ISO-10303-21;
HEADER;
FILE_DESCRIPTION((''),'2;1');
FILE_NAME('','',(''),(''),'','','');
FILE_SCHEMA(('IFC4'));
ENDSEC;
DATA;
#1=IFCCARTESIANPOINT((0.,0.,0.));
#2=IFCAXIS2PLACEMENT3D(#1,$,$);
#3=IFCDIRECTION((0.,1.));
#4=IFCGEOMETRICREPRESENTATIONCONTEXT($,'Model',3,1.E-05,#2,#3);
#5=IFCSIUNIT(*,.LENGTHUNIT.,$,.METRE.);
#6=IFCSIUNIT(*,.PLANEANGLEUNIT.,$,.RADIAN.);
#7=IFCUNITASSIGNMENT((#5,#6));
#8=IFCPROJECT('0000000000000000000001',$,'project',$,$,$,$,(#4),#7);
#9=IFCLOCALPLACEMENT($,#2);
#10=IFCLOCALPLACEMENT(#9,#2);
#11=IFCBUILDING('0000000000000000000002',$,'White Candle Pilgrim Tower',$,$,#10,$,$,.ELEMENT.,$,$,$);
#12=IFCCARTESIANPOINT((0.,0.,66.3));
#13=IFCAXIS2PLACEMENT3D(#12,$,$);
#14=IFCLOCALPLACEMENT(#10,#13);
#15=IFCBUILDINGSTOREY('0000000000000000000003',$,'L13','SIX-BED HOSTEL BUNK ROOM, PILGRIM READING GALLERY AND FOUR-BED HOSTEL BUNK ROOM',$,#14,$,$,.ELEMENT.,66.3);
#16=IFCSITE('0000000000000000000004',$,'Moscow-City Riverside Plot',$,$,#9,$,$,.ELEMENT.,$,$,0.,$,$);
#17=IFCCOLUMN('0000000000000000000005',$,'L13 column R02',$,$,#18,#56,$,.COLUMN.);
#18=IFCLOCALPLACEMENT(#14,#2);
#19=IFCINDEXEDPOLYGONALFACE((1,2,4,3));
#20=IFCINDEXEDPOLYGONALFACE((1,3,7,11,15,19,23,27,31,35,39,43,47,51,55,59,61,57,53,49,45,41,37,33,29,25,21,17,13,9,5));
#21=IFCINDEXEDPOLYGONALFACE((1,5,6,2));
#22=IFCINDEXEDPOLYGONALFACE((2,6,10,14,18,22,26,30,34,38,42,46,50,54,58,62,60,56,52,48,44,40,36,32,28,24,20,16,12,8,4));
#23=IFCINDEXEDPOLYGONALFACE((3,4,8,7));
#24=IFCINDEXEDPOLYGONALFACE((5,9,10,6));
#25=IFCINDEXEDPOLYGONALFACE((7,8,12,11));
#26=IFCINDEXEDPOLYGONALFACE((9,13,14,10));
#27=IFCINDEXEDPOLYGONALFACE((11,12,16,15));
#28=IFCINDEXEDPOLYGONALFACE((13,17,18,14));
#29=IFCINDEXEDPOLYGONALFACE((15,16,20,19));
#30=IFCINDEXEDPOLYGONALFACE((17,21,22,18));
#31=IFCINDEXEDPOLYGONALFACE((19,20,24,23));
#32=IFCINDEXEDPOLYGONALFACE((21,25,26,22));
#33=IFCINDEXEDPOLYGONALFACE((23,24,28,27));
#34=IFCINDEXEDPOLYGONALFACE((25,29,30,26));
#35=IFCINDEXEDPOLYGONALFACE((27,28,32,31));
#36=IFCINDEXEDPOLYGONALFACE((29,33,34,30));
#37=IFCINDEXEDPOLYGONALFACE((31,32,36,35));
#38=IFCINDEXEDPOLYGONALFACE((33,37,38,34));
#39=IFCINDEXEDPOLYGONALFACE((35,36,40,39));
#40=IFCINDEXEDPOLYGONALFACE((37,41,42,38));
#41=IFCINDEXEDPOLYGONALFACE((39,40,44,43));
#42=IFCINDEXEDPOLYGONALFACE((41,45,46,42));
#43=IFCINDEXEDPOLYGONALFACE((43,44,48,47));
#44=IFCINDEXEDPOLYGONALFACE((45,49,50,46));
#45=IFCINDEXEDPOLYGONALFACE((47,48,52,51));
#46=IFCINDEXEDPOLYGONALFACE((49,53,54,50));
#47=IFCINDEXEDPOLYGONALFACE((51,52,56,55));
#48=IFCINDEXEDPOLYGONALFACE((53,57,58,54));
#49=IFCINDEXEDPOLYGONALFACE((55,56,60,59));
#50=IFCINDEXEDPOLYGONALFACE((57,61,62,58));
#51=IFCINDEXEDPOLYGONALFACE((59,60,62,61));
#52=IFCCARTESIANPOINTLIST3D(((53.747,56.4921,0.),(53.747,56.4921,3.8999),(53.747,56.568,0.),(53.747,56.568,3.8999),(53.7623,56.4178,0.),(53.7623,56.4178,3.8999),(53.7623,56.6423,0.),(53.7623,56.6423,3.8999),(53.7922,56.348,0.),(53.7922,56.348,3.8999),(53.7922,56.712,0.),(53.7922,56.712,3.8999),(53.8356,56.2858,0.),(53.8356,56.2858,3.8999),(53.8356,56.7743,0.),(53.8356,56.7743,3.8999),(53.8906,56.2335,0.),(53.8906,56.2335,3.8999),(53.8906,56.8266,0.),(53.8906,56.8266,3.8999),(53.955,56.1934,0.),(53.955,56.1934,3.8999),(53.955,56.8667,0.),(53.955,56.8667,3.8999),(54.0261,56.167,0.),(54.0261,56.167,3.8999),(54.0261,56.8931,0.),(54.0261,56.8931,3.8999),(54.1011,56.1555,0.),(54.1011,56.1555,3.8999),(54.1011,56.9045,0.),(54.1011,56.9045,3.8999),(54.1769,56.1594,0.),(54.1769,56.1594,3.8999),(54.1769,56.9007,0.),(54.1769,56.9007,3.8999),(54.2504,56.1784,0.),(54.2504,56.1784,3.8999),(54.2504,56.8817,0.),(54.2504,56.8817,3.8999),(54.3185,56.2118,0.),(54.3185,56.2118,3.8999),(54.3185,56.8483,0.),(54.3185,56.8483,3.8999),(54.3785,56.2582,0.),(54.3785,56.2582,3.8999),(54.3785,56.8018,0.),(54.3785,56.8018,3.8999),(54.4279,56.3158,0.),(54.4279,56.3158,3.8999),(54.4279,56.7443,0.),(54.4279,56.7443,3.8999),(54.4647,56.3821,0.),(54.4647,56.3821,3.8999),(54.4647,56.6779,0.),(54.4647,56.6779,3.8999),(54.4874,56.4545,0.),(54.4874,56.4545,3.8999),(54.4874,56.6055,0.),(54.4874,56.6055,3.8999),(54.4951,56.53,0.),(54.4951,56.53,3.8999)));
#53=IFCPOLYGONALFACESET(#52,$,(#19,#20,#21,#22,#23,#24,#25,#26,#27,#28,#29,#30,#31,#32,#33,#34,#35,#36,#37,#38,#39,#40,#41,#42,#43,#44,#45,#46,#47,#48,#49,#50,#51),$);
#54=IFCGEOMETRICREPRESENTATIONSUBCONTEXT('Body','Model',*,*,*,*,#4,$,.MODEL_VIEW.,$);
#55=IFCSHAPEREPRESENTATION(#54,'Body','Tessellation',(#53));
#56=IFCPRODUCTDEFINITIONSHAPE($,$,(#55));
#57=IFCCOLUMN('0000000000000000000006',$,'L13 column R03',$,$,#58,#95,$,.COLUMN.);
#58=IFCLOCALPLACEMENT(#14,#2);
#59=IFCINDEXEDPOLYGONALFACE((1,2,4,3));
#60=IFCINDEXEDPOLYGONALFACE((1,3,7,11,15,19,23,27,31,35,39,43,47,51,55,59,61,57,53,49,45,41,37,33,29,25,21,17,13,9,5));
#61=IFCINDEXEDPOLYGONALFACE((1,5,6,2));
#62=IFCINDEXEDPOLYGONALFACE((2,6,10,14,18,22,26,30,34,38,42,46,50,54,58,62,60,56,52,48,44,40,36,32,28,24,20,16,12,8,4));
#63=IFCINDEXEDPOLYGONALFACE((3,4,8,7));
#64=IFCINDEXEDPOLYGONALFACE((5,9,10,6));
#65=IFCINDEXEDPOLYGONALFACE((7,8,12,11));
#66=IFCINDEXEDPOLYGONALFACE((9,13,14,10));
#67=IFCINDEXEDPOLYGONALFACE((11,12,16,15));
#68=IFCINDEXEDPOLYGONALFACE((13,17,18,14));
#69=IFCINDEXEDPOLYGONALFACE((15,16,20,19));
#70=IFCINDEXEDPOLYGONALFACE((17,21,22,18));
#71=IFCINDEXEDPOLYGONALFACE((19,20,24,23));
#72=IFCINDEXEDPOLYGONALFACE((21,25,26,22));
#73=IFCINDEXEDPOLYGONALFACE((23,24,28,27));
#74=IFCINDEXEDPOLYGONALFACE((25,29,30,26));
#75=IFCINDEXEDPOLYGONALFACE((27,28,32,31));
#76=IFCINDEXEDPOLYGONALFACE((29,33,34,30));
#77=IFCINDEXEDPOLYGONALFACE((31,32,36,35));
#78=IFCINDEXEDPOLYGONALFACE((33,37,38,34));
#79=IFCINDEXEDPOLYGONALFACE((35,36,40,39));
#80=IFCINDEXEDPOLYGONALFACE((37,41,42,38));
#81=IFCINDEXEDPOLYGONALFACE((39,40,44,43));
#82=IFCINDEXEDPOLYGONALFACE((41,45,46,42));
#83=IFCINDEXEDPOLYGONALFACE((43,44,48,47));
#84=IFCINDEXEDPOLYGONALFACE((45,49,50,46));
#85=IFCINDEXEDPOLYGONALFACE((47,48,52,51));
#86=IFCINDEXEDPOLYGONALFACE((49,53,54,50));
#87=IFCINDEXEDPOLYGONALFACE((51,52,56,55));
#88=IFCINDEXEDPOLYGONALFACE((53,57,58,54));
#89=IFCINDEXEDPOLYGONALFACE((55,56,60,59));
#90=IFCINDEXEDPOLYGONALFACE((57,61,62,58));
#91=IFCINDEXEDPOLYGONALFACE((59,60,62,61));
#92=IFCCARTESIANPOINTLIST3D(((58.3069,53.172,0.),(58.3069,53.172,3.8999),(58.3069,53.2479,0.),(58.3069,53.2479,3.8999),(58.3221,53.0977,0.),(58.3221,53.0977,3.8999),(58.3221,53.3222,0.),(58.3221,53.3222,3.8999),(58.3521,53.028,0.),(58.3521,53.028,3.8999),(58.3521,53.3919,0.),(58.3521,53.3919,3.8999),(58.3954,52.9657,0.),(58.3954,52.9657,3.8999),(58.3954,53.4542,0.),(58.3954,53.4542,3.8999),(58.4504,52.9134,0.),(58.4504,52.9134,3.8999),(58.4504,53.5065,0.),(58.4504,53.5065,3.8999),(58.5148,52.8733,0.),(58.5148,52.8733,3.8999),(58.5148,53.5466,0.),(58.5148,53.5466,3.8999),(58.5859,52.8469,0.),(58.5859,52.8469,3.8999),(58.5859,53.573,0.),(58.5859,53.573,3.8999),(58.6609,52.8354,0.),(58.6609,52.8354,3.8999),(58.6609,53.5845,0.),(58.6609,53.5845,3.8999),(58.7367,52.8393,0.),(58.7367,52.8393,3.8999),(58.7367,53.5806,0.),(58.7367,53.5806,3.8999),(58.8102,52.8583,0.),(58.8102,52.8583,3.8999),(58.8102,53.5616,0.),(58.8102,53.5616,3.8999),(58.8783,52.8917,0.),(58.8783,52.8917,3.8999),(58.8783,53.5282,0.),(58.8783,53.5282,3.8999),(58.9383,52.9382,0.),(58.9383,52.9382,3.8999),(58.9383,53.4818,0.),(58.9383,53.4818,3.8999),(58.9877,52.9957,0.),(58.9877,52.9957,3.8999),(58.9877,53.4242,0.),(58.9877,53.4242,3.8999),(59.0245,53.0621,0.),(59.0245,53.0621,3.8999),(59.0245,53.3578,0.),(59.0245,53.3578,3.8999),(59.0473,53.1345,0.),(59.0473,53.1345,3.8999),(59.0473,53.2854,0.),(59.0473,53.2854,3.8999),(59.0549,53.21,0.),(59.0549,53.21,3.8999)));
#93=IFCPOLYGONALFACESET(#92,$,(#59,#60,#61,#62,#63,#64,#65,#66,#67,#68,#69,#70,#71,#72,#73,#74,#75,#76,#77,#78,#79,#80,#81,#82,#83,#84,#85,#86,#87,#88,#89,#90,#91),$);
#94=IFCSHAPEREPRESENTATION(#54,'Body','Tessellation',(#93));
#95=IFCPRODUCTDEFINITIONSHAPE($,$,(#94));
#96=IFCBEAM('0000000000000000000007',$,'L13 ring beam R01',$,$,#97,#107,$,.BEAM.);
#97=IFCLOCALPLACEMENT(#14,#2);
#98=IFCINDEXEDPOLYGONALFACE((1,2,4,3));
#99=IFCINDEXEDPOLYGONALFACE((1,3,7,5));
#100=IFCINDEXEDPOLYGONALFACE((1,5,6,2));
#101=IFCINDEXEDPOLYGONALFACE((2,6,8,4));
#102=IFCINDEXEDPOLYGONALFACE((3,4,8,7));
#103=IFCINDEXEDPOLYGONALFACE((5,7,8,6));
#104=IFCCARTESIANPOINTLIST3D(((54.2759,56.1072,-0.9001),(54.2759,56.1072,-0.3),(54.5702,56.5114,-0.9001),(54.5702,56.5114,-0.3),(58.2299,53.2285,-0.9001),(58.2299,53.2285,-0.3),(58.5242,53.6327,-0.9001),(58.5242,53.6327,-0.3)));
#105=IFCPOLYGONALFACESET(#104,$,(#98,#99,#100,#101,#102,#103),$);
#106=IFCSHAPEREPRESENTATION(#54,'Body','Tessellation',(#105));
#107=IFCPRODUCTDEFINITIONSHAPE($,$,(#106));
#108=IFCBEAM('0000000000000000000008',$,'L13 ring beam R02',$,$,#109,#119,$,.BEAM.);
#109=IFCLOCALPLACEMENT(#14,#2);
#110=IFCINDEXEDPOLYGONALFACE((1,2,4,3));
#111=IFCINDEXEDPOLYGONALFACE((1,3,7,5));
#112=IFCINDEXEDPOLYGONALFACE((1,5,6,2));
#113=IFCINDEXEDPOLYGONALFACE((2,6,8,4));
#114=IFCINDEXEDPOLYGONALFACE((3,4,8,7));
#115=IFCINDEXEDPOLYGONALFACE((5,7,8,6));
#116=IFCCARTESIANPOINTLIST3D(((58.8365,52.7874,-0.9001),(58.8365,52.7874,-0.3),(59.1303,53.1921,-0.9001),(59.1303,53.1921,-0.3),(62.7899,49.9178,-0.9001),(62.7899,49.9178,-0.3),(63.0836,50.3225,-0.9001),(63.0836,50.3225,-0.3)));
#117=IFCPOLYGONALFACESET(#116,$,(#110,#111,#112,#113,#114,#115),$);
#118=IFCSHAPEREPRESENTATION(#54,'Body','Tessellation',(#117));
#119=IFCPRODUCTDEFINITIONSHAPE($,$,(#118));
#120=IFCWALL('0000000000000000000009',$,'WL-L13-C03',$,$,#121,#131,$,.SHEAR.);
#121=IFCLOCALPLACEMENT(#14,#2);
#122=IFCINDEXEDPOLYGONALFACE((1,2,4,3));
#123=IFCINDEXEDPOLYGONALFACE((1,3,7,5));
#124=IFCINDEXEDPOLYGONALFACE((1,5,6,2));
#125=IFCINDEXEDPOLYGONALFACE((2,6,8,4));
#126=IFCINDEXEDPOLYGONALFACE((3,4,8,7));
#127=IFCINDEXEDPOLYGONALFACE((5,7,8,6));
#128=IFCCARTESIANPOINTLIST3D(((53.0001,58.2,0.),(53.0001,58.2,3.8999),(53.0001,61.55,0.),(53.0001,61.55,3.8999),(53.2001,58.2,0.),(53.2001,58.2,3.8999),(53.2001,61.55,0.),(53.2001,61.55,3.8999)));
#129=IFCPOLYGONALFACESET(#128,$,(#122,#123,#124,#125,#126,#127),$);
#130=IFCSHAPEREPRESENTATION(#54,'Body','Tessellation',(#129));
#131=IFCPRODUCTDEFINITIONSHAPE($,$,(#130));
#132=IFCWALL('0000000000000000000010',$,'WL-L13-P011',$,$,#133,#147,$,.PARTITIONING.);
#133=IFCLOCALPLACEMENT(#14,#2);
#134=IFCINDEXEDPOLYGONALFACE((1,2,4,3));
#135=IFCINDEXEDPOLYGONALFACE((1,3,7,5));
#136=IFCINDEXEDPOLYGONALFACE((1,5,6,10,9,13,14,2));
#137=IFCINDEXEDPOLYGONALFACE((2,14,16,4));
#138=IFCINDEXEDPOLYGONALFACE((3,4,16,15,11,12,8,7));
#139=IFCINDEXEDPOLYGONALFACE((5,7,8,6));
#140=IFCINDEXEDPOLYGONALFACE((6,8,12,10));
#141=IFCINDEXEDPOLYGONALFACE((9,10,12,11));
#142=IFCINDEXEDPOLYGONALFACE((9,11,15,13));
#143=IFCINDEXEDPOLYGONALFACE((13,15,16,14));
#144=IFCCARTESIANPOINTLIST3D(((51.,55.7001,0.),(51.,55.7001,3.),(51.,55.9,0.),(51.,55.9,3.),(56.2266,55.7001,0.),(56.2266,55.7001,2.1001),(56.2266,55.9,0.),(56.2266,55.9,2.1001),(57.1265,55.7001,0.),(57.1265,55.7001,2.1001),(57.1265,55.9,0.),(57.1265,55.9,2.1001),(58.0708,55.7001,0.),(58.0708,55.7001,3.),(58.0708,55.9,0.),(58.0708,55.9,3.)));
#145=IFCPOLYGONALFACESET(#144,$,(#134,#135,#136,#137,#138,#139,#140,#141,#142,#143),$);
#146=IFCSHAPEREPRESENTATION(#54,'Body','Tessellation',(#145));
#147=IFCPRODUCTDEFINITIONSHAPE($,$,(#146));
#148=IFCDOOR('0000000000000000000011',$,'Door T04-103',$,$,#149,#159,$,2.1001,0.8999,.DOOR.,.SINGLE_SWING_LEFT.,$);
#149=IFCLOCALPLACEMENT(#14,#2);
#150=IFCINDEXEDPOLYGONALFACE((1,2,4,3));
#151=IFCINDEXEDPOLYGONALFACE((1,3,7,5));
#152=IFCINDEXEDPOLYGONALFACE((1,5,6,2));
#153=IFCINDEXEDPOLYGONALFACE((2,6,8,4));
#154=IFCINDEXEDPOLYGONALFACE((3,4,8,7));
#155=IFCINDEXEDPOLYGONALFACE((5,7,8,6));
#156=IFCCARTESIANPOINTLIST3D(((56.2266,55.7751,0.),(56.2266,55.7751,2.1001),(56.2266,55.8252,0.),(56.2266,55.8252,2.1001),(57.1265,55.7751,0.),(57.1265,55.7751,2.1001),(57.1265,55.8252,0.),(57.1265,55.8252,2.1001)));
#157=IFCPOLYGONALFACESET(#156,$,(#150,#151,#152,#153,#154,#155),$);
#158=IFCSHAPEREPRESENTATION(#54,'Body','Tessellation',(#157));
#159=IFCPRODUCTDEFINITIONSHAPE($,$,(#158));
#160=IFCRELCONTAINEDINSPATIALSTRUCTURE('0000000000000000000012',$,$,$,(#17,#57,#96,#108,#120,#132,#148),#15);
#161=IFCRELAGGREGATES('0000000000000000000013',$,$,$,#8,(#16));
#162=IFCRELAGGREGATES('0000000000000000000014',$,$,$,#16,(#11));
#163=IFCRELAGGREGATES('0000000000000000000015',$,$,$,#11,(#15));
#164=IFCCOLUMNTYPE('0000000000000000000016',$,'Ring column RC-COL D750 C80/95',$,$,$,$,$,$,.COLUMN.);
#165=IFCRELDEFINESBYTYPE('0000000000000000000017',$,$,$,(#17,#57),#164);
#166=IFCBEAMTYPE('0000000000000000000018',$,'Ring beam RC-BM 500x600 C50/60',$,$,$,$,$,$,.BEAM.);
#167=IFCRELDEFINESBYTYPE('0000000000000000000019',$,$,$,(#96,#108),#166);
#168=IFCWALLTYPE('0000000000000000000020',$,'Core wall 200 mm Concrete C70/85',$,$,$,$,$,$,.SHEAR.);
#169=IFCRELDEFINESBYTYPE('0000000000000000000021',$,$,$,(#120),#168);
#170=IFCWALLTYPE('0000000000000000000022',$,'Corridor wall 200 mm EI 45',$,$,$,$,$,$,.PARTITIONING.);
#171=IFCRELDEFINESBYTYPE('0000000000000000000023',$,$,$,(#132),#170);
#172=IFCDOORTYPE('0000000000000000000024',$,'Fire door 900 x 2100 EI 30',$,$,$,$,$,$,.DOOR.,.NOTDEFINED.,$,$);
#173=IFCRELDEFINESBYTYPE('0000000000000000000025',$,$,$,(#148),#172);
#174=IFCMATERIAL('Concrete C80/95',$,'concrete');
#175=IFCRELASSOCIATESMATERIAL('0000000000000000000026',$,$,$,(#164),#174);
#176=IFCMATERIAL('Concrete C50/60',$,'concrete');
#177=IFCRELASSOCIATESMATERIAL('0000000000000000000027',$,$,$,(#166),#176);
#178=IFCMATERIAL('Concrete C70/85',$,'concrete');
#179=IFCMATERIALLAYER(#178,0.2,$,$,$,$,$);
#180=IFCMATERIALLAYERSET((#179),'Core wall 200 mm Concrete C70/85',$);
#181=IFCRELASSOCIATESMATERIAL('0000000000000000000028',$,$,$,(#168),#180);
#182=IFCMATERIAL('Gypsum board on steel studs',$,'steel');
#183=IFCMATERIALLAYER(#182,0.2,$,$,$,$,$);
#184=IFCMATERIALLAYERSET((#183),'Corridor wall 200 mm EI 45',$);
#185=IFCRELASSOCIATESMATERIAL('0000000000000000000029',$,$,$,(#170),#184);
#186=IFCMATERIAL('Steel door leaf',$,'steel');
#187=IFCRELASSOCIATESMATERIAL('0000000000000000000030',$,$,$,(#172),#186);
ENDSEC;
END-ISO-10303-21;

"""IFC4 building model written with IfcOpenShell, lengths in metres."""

from ifc_helpers import new_model, si_unit, direction, frame, frame_2d, origin, origin_2d, place, context, subcontext, project, spatial, rectangle, circle, extrude, material, layer, layer_set, material_profile, profile_set, type_object, element, fill, save


model = new_model("IFC4")

# Units and contexts
model_context = context("Model", 3, precision=1e-05, world=origin(), true_north=direction((0.0, 1.0)))
body_context = subcontext(model_context, "Body", "Model", "MODEL_VIEW")
ifc_project = project(units=[si_unit("LENGTHUNIT", "METRE"), si_unit("PLANEANGLEUNIT", "RADIAN")], contexts=[model_context])

# Site, building, storey
site_placement = place(None, origin())
site = spatial("IfcSite", under=ifc_project, at=site_placement, Name="Moscow-City Riverside Plot", CompositionType="ELEMENT", RefElevation=0.0)
building_placement = place(site_placement, origin())
building = spatial("IfcBuilding", under=site, at=building_placement, Name="White Candle Pilgrim Tower", CompositionType="ELEMENT")
storey_placement = place(building_placement, frame((0.0, 0.0, 66.3)))
storey = spatial("IfcBuildingStorey", under=building, at=storey_placement, Name="L13", Description="SIX-BED HOSTEL BUNK ROOM, PILGRIM READING GALLERY AND FOUR-BED HOSTEL BUNK ROOM", CompositionType="ELEMENT", Elevation=66.3)

# Columns
ifc_material_1 = material(Name="Concrete C80/95", Category="concrete")
ifc_material_profile_1 = material_profile(ifc_material_1, circle(Radius=0.375, at=origin_2d()), Name="RC-COL D750")
ifc_profile_set_1 = profile_set([ifc_material_profile_1], Name="Concrete C80/95")
column_type = type_object("IfcColumnType", Name="Ring column RC-COL D750 C80/95", PredefinedType="COLUMN", material=ifc_profile_set_1)
for number, where, z_axis, x_axis, name in (
    (1, (54.1201, 56.53, 0.0), (0.0, 0.0, 1.0), (1.0, 0.0, 0.0), "L13 column R02"),
    (2, (58.6799, 53.21, 0.0), (0.0, 0.0, 1.0), (1.0, 0.0, 0.0), "L13 column R03"),
):
    element("IfcColumn", number, at=place(storey_placement, frame(where, z_axis=z_axis, x_axis=x_axis)), inside=storey, type_object=column_type, Name=name, PredefinedType="COLUMN", context=body_context, shape_type="SweptSolid", body=[
        extrude(circle(Radius=0.375, at=origin_2d()), origin(), (0.0, 0.0, 1.0), 3.8999),
    ])

# Beams
ifc_material_2 = material(Name="Concrete C50/60", Category="concrete")
ifc_material_profile_2 = material_profile(ifc_material_2, rectangle(XDim=0.5, YDim=0.6001, at=origin_2d()), Name="RC-BM 500x600")
ifc_profile_set_2 = profile_set([ifc_material_profile_2], Name="Concrete C50/60")
beam_type = type_object("IfcBeamType", Name="Ring beam RC-BM 500x600 C50/60", PredefinedType="BEAM", material=ifc_profile_set_2)
beam_1_placement = place(storey_placement, frame((54.4231, 56.3093, -0.6001), z_axis=(0.808432, -0.58859, 0.0), x_axis=(0.58859, 0.808432, 0.0)))
element("IfcBeam", 3, at=beam_1_placement, inside=storey, type_object=beam_type, Name="L13 ring beam R01", PredefinedType="BEAM", context=body_context, shape_type="SweptSolid", body=[
    extrude(rectangle(XDim=0.5, YDim=0.6001, at=origin_2d()), origin(), (0.0, 0.0, 1.0), 4.8909),
])
beam_2_placement = place(storey_placement, frame((58.9834, 52.9897, -0.6001), z_axis=(0.809276, -0.587429, 0.0), x_axis=(0.587429, 0.809276, 0.0)))
element("IfcBeam", 4, at=beam_2_placement, inside=storey, type_object=beam_type, Name="L13 ring beam R02", PredefinedType="BEAM", context=body_context, shape_type="SweptSolid", body=[
    extrude(rectangle(XDim=0.5, YDim=0.6001, at=origin_2d()), origin(), (0.0, 0.0, 1.0), 4.885),
])

# Wall
ifc_material_3 = material(Name="Concrete C70/85", Category="concrete")
ifc_layer_1 = layer(ifc_material_3, 0.2)
ifc_layer_set_1 = layer_set([ifc_layer_1], Name="Core wall 200 mm Concrete C70/85")
wall_type_1 = type_object("IfcWallType", Name="Core wall 200 mm Concrete C70/85", PredefinedType="SHEAR", material=ifc_layer_set_1)
wall_1_placement = place(storey_placement, frame((53.1001, 58.2, 0.0), z_axis=(0.0, 0.0, 1.0), x_axis=(0.0, 1.0, 0.0)))
element("IfcWall", 5, at=wall_1_placement, inside=storey, type_object=wall_type_1, Name="WL-L13-C03", PredefinedType="SHEAR", context=body_context, shape_type="SweptSolid", body=[
    extrude(rectangle(XDim=3.3501, YDim=0.2, at=frame_2d((1.675, 0.0))), origin(), (0.0, 0.0, 1.0), 3.8999),
])

# Wall, opening, door
ifc_material_4 = material(Name="Gypsum board on steel studs", Category="steel")
ifc_layer_2 = layer(ifc_material_4, 0.2)
ifc_layer_set_2 = layer_set([ifc_layer_2], Name="Corridor wall 200 mm EI 45")
wall_type_2 = type_object("IfcWallType", Name="Corridor wall 200 mm EI 45", PredefinedType="PARTITIONING", material=ifc_layer_set_2)
wall_2_placement = place(storey_placement, frame((58.0708, 55.8, 0.0), z_axis=(0.0, 0.0, 1.0), x_axis=(-1.0, 0.0, 0.0)))
wall_2 = element("IfcWall", 6, at=wall_2_placement, inside=storey, type_object=wall_type_2, Name="WL-L13-P011", PredefinedType="PARTITIONING", context=body_context, shape_type="SweptSolid", body=[
    extrude(rectangle(XDim=7.0708, YDim=0.2, at=frame_2d((3.5354, 0.0))), origin(), (0.0, 0.0, 1.0), 3.0),
])
opening_1_placement = place(wall_2_placement, frame((0.9443, 0.0, 0.0)))
opening_1 = element("IfcOpeningElement", 7, at=opening_1_placement, cuts=wall_2, PredefinedType="OPENING", context=body_context, shape_type="SweptSolid", body=[
    extrude(rectangle(XDim=0.8999, YDim=2.1001, at=frame_2d((0.45, 1.05))), frame((0.0, 0.1099, 0.0), z_axis=(0.0, -1.0, 0.0), x_axis=(1.0, 0.0, 0.0)), (0.0, 0.0, 1.0), 0.22),
])
ifc_material_5 = material(Name="Steel door leaf", Category="steel")
door_type_1 = type_object("IfcDoorType", Name="Fire door 900 x 2100 EI 30", OperationType="NOTDEFINED", PredefinedType="DOOR", material=ifc_material_5)
door_1_placement = place(opening_1_placement, origin())
door_1 = element("IfcDoor", 8, at=door_1_placement, inside=storey, type_object=door_type_1, Name="Door T04-103", OperationType="SINGLE_SWING_LEFT", OverallHeight=2.1001, OverallWidth=0.8999, PredefinedType="DOOR", context=body_context, shape_type="SweptSolid", body=[
    extrude(rectangle(XDim=0.8999, YDim=2.1001, at=frame_2d((0.45, 1.05))), frame((0.0, 0.0249, 0.0), z_axis=(0.0, -1.0, 0.0), x_axis=(1.0, 0.0, 0.0)), (0.0, 0.0, 1.0), 0.05),
])
fill(opening_1, door_1)

save(model, "model.ifc")
